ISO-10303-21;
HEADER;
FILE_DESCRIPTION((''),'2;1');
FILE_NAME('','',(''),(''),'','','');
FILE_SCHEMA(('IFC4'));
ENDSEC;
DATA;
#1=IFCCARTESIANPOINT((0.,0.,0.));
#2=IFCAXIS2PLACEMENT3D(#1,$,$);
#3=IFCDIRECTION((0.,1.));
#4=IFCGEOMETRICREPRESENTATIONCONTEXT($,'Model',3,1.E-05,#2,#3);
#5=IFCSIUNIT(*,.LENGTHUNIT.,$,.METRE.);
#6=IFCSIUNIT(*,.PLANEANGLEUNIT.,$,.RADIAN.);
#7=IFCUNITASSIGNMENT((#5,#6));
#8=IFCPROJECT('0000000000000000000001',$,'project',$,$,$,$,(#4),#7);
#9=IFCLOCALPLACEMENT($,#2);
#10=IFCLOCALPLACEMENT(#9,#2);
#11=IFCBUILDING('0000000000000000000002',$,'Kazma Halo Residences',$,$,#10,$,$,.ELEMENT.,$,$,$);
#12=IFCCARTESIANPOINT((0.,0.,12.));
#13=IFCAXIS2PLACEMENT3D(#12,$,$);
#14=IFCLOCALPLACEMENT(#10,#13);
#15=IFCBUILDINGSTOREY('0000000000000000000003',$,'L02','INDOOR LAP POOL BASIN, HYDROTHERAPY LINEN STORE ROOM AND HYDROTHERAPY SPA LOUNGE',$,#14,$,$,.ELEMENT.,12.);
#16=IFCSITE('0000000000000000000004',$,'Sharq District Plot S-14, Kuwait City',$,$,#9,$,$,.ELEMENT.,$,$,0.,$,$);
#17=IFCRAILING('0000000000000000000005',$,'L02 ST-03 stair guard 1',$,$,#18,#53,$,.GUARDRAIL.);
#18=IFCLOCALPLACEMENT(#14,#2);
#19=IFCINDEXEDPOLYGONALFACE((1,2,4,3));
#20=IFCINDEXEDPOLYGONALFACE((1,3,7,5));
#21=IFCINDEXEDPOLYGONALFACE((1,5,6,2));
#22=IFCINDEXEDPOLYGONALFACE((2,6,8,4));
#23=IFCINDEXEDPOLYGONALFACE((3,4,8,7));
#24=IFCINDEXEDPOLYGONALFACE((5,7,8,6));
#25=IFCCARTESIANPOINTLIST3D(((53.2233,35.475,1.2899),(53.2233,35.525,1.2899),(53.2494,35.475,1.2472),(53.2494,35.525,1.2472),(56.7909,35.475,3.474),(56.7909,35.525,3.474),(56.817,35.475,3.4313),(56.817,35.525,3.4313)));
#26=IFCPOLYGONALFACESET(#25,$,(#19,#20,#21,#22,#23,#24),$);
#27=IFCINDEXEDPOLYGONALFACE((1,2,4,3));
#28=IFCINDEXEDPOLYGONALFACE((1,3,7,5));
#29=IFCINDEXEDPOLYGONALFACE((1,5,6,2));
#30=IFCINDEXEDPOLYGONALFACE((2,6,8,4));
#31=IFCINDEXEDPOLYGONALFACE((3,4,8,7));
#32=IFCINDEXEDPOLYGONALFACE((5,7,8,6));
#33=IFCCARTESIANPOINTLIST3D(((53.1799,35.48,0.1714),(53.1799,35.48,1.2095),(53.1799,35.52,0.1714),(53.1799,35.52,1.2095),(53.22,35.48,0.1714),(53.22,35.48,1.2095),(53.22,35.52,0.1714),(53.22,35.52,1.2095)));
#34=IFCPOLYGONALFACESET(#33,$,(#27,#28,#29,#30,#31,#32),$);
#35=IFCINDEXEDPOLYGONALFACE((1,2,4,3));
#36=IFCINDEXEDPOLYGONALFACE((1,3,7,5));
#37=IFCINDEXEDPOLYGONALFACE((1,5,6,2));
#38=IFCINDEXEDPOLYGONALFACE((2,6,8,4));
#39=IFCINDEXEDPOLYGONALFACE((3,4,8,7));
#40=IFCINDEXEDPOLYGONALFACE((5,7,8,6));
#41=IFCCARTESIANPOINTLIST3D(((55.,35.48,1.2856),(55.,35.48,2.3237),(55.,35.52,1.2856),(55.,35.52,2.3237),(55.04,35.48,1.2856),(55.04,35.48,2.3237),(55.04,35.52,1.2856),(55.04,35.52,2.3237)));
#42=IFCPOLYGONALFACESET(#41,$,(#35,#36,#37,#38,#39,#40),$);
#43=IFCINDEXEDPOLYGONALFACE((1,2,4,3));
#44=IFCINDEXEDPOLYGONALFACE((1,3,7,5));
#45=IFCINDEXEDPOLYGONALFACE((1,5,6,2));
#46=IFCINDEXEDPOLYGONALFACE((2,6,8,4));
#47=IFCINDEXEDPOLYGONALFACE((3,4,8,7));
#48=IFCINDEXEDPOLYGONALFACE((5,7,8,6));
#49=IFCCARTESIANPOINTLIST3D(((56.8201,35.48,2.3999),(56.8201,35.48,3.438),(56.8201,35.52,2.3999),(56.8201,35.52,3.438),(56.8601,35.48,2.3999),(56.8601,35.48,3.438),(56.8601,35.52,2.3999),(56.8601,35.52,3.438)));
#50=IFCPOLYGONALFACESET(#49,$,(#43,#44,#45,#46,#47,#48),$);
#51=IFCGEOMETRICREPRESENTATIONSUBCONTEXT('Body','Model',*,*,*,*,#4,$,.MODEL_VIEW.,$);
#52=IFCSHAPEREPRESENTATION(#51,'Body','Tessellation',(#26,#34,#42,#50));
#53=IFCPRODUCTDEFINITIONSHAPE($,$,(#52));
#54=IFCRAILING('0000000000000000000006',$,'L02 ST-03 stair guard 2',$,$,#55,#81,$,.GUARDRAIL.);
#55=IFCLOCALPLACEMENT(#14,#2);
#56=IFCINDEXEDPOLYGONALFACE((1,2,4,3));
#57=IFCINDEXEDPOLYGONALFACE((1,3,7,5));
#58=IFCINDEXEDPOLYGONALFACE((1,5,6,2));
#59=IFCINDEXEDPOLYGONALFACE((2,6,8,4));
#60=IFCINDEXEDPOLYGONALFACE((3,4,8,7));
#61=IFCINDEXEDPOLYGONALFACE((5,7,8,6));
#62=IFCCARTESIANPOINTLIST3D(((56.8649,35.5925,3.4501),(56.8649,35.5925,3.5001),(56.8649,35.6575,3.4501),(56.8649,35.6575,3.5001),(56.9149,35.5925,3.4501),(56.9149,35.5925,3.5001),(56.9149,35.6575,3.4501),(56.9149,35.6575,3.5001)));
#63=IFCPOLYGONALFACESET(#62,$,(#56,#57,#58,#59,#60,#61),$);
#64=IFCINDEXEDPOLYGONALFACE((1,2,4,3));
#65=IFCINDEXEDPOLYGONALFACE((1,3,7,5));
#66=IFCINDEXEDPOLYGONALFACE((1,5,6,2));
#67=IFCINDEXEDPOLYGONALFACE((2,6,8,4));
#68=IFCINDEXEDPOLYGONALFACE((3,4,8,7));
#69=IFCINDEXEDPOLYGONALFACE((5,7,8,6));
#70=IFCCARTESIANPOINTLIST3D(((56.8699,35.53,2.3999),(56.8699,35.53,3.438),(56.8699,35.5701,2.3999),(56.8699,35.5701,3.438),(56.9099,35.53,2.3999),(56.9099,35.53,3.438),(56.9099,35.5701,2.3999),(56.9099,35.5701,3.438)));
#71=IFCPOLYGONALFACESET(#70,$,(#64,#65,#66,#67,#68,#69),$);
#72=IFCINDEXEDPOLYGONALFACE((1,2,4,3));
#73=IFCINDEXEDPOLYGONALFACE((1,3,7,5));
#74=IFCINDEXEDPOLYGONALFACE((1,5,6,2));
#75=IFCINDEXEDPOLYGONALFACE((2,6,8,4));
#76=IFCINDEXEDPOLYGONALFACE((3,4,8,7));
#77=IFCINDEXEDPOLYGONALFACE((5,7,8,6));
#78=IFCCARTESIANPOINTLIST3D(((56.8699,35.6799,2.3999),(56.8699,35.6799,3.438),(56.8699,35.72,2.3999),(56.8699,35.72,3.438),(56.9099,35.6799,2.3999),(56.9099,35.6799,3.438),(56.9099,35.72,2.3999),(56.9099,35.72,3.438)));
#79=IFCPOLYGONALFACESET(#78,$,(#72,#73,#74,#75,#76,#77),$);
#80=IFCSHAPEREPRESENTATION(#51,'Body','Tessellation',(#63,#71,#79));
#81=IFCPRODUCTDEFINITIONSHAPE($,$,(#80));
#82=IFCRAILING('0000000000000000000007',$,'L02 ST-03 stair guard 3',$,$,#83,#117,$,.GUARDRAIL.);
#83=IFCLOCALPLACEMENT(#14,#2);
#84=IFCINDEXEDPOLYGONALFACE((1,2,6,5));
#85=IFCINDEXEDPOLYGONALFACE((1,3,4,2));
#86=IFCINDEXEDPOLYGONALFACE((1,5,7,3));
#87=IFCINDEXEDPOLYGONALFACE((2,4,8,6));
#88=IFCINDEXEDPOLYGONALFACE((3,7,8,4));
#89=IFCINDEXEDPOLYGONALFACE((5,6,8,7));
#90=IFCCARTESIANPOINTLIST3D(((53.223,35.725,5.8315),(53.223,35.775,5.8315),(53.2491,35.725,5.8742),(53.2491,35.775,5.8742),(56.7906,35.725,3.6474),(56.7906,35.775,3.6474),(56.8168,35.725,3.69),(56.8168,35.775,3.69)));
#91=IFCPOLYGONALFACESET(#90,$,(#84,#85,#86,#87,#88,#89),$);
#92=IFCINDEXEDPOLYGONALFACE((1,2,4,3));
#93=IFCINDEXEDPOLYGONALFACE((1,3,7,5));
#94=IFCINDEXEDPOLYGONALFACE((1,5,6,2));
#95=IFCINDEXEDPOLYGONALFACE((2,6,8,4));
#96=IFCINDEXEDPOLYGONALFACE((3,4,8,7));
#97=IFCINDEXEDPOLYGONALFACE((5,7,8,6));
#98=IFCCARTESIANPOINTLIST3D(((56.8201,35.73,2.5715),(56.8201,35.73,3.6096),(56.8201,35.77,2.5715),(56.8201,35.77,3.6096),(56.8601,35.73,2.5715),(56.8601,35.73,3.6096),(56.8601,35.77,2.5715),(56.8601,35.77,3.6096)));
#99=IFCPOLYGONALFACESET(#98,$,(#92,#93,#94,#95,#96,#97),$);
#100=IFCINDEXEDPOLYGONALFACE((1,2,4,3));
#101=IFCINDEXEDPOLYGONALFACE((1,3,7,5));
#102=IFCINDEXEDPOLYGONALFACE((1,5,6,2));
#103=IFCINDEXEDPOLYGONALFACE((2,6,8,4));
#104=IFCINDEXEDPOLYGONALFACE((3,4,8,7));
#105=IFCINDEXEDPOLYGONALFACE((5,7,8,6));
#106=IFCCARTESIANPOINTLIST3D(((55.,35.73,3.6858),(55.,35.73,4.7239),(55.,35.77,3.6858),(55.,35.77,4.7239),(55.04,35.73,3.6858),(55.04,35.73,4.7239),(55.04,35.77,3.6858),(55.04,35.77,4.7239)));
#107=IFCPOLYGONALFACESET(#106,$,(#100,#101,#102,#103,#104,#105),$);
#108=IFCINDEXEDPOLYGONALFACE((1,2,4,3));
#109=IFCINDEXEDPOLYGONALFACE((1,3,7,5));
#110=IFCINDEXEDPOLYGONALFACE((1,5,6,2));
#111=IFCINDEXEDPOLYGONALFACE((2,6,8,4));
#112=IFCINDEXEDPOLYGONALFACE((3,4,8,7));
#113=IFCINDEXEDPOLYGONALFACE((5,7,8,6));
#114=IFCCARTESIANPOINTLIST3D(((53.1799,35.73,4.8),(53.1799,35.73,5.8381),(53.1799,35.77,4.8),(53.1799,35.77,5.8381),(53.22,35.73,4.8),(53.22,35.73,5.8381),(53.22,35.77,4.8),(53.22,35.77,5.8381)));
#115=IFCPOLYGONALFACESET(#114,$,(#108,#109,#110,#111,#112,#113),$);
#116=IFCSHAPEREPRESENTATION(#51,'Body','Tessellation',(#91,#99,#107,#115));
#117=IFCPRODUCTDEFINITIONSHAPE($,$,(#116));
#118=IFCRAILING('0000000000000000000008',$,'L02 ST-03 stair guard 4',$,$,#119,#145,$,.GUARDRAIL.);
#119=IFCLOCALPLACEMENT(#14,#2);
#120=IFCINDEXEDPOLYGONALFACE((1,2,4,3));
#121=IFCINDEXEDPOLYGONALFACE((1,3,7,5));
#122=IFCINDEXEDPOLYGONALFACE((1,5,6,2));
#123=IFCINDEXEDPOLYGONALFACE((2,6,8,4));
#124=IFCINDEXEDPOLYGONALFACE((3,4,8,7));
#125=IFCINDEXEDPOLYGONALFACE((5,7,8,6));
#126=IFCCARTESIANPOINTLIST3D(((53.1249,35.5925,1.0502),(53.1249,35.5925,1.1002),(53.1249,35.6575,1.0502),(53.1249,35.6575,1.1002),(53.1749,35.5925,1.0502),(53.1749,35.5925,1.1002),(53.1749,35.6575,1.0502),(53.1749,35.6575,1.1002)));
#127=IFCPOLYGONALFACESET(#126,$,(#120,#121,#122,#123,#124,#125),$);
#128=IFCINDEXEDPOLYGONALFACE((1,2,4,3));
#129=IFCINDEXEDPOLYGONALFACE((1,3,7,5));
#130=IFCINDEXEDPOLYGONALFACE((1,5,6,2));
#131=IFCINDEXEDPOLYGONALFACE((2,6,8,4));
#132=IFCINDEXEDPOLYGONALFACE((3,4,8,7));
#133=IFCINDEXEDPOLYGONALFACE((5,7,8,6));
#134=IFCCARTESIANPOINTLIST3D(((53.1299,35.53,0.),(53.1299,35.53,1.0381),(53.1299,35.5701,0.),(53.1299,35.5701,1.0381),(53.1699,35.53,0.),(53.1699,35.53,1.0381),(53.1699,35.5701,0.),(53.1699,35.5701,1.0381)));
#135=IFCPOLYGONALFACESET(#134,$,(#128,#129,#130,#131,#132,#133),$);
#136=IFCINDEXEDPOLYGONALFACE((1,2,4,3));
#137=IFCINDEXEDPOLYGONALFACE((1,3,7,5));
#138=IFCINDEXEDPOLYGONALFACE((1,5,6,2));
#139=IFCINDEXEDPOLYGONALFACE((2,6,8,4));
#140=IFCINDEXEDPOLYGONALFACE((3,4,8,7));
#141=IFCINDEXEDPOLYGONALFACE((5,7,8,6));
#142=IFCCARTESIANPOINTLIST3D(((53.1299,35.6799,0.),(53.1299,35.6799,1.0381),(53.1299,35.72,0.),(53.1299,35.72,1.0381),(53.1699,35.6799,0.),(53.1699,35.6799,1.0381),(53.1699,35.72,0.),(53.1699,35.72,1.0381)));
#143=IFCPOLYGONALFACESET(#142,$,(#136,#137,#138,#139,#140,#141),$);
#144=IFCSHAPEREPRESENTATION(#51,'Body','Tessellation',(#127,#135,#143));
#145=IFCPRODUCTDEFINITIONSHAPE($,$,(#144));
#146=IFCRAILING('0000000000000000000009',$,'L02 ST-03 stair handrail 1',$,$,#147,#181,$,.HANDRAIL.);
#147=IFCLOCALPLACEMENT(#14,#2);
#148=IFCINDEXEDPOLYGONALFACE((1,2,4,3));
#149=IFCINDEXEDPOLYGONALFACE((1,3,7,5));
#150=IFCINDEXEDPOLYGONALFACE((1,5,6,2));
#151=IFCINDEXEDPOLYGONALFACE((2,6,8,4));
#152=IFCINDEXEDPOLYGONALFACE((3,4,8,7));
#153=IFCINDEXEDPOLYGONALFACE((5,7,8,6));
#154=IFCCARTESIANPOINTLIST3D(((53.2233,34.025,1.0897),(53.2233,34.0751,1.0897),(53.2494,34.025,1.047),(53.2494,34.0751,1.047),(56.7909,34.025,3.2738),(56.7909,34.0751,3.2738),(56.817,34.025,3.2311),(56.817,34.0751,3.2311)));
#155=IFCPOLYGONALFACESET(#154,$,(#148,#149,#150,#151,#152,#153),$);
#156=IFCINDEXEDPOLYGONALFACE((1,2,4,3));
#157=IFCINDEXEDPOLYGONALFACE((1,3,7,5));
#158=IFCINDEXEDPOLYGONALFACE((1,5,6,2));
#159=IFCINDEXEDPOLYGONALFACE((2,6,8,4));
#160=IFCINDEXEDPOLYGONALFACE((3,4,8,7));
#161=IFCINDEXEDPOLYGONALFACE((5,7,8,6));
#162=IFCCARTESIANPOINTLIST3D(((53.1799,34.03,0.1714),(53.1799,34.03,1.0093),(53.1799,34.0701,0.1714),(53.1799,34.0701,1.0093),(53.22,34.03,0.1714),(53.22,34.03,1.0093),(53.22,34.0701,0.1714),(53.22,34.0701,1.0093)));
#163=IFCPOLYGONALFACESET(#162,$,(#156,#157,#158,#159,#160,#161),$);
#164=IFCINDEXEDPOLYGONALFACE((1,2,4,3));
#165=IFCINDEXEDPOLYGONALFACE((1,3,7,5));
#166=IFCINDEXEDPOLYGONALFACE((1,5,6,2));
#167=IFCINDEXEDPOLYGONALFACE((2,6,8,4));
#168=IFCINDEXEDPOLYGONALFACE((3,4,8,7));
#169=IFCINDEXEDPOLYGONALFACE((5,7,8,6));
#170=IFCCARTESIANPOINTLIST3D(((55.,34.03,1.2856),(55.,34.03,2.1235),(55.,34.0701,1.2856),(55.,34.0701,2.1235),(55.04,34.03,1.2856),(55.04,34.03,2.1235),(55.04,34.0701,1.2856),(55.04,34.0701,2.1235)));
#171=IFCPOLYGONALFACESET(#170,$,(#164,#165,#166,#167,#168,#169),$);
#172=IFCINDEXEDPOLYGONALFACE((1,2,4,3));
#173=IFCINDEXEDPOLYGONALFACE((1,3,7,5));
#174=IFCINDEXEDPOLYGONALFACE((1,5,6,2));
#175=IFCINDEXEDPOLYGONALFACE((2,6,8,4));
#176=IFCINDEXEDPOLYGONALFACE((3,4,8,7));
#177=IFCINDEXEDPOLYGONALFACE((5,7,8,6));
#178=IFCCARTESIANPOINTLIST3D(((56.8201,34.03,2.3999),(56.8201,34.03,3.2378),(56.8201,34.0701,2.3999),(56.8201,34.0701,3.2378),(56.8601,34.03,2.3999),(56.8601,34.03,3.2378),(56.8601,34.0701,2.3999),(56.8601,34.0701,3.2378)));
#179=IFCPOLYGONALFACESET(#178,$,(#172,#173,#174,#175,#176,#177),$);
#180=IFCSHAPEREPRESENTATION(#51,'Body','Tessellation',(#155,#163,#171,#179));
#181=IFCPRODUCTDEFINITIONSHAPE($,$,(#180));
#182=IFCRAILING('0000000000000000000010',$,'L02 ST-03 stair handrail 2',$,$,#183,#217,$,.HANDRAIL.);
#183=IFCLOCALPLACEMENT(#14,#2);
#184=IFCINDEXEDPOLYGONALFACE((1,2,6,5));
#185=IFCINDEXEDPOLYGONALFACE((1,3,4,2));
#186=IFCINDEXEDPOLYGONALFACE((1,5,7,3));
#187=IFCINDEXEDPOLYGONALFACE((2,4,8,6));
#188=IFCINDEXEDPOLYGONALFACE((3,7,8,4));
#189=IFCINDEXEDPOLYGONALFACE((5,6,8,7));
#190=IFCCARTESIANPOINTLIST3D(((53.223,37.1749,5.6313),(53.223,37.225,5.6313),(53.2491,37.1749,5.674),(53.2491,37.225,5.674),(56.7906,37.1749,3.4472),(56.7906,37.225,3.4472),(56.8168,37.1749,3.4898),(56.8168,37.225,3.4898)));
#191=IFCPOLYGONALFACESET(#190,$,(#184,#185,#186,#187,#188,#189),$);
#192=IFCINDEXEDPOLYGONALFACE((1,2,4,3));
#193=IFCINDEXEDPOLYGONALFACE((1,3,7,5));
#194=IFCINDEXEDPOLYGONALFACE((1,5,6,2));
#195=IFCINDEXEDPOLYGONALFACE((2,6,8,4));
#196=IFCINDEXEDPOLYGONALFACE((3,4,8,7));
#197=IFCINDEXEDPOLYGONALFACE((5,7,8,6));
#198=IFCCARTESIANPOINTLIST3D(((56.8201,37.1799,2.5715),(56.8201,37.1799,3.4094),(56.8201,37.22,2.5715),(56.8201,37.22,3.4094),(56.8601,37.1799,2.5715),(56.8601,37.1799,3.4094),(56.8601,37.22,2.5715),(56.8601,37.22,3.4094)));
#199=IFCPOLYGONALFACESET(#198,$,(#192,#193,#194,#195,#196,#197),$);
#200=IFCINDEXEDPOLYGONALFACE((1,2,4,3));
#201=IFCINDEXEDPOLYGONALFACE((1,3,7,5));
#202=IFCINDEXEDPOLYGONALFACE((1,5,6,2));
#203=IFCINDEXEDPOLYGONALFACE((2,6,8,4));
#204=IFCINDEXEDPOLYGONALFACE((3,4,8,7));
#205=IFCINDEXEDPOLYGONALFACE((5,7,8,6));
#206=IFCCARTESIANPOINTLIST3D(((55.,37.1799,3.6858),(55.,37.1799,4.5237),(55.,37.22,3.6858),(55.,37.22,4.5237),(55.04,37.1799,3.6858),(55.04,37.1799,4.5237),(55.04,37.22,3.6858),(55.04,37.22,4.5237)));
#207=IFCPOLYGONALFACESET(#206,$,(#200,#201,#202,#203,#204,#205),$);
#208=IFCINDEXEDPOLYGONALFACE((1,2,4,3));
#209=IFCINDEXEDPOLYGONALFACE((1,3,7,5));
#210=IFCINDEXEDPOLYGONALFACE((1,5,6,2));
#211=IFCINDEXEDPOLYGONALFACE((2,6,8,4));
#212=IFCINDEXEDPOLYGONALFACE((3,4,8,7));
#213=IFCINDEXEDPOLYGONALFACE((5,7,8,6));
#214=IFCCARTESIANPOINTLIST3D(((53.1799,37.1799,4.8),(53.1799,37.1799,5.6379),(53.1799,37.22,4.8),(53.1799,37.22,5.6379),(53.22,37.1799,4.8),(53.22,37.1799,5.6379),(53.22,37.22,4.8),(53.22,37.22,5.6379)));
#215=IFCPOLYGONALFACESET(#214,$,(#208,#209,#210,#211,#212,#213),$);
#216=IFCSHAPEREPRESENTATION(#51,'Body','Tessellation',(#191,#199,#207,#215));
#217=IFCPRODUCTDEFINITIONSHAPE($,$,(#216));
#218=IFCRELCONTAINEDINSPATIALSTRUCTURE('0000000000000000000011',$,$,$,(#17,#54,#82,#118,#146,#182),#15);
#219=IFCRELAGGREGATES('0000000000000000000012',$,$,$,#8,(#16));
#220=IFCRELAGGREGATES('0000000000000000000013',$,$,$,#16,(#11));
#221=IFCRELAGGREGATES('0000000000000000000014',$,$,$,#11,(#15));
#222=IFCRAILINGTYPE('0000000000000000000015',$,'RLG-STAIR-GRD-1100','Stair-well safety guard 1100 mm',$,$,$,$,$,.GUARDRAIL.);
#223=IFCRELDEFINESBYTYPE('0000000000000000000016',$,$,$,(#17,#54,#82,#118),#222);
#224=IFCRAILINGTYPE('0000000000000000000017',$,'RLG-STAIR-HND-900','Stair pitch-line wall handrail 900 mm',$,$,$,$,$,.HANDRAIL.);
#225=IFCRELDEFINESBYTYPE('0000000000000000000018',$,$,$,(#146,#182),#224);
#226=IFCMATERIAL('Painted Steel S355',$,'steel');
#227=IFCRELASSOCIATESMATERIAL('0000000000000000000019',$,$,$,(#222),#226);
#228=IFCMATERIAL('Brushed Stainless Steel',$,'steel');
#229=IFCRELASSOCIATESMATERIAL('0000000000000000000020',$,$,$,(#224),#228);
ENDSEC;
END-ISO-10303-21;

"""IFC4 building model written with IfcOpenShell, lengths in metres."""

from ifc_helpers import new_model, si_unit, direction, frame, origin, origin_2d, place, context, subcontext, project, spatial, rectangle, extrude, material, type_object, element, save


model = new_model("IFC4")

# Units and contexts
model_context = context("Model", 3, precision=1e-05, world=origin(), true_north=direction((0.0, 1.0)))
body_context = subcontext(model_context, "Body", "Model", "MODEL_VIEW")
ifc_project = project(units=[si_unit("LENGTHUNIT", "METRE"), si_unit("PLANEANGLEUNIT", "RADIAN")], contexts=[model_context])

# Site, building, storey
site_placement = place(None, origin())
site = spatial("IfcSite", under=ifc_project, at=site_placement, Name="Sharq District Plot S-14, Kuwait City", CompositionType="ELEMENT", RefElevation=0.0)
building_placement = place(site_placement, origin())
building = spatial("IfcBuilding", under=site, at=building_placement, Name="Kazma Halo Residences", CompositionType="ELEMENT")
storey_placement = place(building_placement, frame((0.0, 0.0, 12.0)))
storey = spatial("IfcBuildingStorey", under=building, at=storey_placement, Name="L02", Description="INDOOR LAP POOL BASIN, HYDROTHERAPY LINEN STORE ROOM AND HYDROTHERAPY SPA LOUNGE", CompositionType="ELEMENT", Elevation=12.0)

# Railings
ifc_material_1 = material(Name="Painted Steel S355", Category="steel")
railing_type_1 = type_object("IfcRailingType", Name="RLG-STAIR-GRD-1100", Description="Stair-well safety guard 1100 mm", PredefinedType="GUARDRAIL", material=ifc_material_1)
railing_1_placement = place(storey_placement, frame((53.2, 35.5, 0.1714)))
element("IfcRailing", 1, at=railing_1_placement, inside=storey, type_object=railing_type_1, Name="L02 ST-03 stair guard 1", PredefinedType="GUARDRAIL", context=body_context, shape_type="SweptSolid", body=[
    extrude(rectangle(XDim=0.05, YDim=0.05, at=origin_2d()), frame((0.0364, 0.0, 1.0972), z_axis=(0.852866, 0.0, 0.52213), x_axis=(0.0, 1.0, 0.0)), (0.0, 0.0, 1.0), 4.1831),
    extrude(rectangle(XDim=0.04, YDim=0.04, at=origin_2d()), origin(), (0.0, 0.0, 1.0), 1.0381),
    extrude(rectangle(XDim=0.04, YDim=0.04, at=origin_2d()), frame((1.8201, 0.0, 1.1143)), (0.0, 0.0, 1.0), 1.0381),
    extrude(rectangle(XDim=0.04, YDim=0.04, at=origin_2d()), frame((3.6401, 0.0, 2.2285)), (0.0, 0.0, 1.0), 1.0381),
])
railing_2_placement = place(storey_placement, frame((56.8899, 35.55, 2.3999)))
element("IfcRailing", 2, at=railing_2_placement, inside=storey, type_object=railing_type_1, Name="L02 ST-03 stair guard 2", PredefinedType="GUARDRAIL", context=body_context, shape_type="SweptSolid", body=[
    extrude(rectangle(XDim=0.05, YDim=0.05, at=origin_2d()), frame((0.0, 0.0425, 1.0752), z_axis=(0.0, 1.0, 0.0), x_axis=(-1.0, 0.0, 0.0)), (0.0, 0.0, 1.0), 0.0649),
    extrude(rectangle(XDim=0.04, YDim=0.04, at=origin_2d()), origin(), (0.0, 0.0, 1.0), 1.0381),
    extrude(rectangle(XDim=0.04, YDim=0.04, at=origin_2d()), frame((0.0, 0.1499, 0.0)), (0.0, 0.0, 1.0), 1.0381),
])
railing_3_placement = place(storey_placement, frame((56.8401, 35.75, 2.5715)))
element("IfcRailing", 3, at=railing_3_placement, inside=storey, type_object=railing_type_1, Name="L02 ST-03 stair guard 3", PredefinedType="GUARDRAIL", context=body_context, shape_type="SweptSolid", body=[
    extrude(rectangle(XDim=0.05, YDim=0.05, at=origin_2d()), frame((-0.0364, 0.0, 1.0972), z_axis=(-0.852866, 0.0, 0.52213), x_axis=(0.0, -1.0, 0.0)), (0.0, 0.0, 1.0), 4.1831),
    extrude(rectangle(XDim=0.04, YDim=0.04, at=origin_2d()), origin(), (0.0, 0.0, 1.0), 1.0381),
    extrude(rectangle(XDim=0.04, YDim=0.04, at=origin_2d()), frame((-1.8201, 0.0, 1.1143)), (0.0, 0.0, 1.0), 1.0381),
    extrude(rectangle(XDim=0.04, YDim=0.04, at=origin_2d()), frame((-3.6401, 0.0, 2.2285)), (0.0, 0.0, 1.0), 1.0381),
])
railing_4_placement = place(storey_placement, frame((53.1499, 35.55, 0.0)))
element("IfcRailing", 4, at=railing_4_placement, inside=storey, type_object=railing_type_1, Name="L02 ST-03 stair guard 4", PredefinedType="GUARDRAIL", context=body_context, shape_type="SweptSolid", body=[
    extrude(rectangle(XDim=0.05, YDim=0.05, at=origin_2d()), frame((0.0, 0.0425, 1.0752), z_axis=(0.0, 1.0, 0.0), x_axis=(-1.0, 0.0, 0.0)), (0.0, 0.0, 1.0), 0.0649),
    extrude(rectangle(XDim=0.04, YDim=0.04, at=origin_2d()), origin(), (0.0, 0.0, 1.0), 1.0381),
    extrude(rectangle(XDim=0.04, YDim=0.04, at=origin_2d()), frame((0.0, 0.1499, 0.0)), (0.0, 0.0, 1.0), 1.0381),
])
ifc_material_2 = material(Name="Brushed Stainless Steel", Category="steel")
railing_type_2 = type_object("IfcRailingType", Name="RLG-STAIR-HND-900", Description="Stair pitch-line wall handrail 900 mm", PredefinedType="HANDRAIL", material=ifc_material_2)
railing_5_placement = place(storey_placement, frame((53.2, 34.05, 0.1714)))
element("IfcRailing", 5, at=railing_5_placement, inside=storey, type_object=railing_type_2, Name="L02 ST-03 stair handrail 1", PredefinedType="HANDRAIL", context=body_context, shape_type="SweptSolid", body=[
    extrude(rectangle(XDim=0.05, YDim=0.05, at=origin_2d()), frame((0.0364, 0.0, 0.897), z_axis=(0.852866, 0.0, 0.52213), x_axis=(0.0, 1.0, 0.0)), (0.0, 0.0, 1.0), 4.1831),
    extrude(rectangle(XDim=0.04, YDim=0.04, at=origin_2d()), origin(), (0.0, 0.0, 1.0), 0.8379),
    extrude(rectangle(XDim=0.04, YDim=0.04, at=origin_2d()), frame((1.8201, 0.0, 1.1143)), (0.0, 0.0, 1.0), 0.8379),
    extrude(rectangle(XDim=0.04, YDim=0.04, at=origin_2d()), frame((3.6401, 0.0, 2.2285)), (0.0, 0.0, 1.0), 0.8379),
])
railing_6_placement = place(storey_placement, frame((56.8401, 37.2, 2.5715)))
element("IfcRailing", 6, at=railing_6_placement, inside=storey, type_object=railing_type_2, Name="L02 ST-03 stair handrail 2", PredefinedType="HANDRAIL", context=body_context, shape_type="SweptSolid", body=[
    extrude(rectangle(XDim=0.05, YDim=0.05, at=origin_2d()), frame((-0.0364, 0.0, 0.897), z_axis=(-0.852866, 0.0, 0.52213), x_axis=(0.0, -1.0, 0.0)), (0.0, 0.0, 1.0), 4.1831),
    extrude(rectangle(XDim=0.04, YDim=0.04, at=origin_2d()), origin(), (0.0, 0.0, 1.0), 0.8379),
    extrude(rectangle(XDim=0.04, YDim=0.04, at=origin_2d()), frame((-1.8201, 0.0, 1.1143)), (0.0, 0.0, 1.0), 0.8379),
    extrude(rectangle(XDim=0.04, YDim=0.04, at=origin_2d()), frame((-3.6401, 0.0, 2.2285)), (0.0, 0.0, 1.0), 0.8379),
])

save(model, "model.ifc")
